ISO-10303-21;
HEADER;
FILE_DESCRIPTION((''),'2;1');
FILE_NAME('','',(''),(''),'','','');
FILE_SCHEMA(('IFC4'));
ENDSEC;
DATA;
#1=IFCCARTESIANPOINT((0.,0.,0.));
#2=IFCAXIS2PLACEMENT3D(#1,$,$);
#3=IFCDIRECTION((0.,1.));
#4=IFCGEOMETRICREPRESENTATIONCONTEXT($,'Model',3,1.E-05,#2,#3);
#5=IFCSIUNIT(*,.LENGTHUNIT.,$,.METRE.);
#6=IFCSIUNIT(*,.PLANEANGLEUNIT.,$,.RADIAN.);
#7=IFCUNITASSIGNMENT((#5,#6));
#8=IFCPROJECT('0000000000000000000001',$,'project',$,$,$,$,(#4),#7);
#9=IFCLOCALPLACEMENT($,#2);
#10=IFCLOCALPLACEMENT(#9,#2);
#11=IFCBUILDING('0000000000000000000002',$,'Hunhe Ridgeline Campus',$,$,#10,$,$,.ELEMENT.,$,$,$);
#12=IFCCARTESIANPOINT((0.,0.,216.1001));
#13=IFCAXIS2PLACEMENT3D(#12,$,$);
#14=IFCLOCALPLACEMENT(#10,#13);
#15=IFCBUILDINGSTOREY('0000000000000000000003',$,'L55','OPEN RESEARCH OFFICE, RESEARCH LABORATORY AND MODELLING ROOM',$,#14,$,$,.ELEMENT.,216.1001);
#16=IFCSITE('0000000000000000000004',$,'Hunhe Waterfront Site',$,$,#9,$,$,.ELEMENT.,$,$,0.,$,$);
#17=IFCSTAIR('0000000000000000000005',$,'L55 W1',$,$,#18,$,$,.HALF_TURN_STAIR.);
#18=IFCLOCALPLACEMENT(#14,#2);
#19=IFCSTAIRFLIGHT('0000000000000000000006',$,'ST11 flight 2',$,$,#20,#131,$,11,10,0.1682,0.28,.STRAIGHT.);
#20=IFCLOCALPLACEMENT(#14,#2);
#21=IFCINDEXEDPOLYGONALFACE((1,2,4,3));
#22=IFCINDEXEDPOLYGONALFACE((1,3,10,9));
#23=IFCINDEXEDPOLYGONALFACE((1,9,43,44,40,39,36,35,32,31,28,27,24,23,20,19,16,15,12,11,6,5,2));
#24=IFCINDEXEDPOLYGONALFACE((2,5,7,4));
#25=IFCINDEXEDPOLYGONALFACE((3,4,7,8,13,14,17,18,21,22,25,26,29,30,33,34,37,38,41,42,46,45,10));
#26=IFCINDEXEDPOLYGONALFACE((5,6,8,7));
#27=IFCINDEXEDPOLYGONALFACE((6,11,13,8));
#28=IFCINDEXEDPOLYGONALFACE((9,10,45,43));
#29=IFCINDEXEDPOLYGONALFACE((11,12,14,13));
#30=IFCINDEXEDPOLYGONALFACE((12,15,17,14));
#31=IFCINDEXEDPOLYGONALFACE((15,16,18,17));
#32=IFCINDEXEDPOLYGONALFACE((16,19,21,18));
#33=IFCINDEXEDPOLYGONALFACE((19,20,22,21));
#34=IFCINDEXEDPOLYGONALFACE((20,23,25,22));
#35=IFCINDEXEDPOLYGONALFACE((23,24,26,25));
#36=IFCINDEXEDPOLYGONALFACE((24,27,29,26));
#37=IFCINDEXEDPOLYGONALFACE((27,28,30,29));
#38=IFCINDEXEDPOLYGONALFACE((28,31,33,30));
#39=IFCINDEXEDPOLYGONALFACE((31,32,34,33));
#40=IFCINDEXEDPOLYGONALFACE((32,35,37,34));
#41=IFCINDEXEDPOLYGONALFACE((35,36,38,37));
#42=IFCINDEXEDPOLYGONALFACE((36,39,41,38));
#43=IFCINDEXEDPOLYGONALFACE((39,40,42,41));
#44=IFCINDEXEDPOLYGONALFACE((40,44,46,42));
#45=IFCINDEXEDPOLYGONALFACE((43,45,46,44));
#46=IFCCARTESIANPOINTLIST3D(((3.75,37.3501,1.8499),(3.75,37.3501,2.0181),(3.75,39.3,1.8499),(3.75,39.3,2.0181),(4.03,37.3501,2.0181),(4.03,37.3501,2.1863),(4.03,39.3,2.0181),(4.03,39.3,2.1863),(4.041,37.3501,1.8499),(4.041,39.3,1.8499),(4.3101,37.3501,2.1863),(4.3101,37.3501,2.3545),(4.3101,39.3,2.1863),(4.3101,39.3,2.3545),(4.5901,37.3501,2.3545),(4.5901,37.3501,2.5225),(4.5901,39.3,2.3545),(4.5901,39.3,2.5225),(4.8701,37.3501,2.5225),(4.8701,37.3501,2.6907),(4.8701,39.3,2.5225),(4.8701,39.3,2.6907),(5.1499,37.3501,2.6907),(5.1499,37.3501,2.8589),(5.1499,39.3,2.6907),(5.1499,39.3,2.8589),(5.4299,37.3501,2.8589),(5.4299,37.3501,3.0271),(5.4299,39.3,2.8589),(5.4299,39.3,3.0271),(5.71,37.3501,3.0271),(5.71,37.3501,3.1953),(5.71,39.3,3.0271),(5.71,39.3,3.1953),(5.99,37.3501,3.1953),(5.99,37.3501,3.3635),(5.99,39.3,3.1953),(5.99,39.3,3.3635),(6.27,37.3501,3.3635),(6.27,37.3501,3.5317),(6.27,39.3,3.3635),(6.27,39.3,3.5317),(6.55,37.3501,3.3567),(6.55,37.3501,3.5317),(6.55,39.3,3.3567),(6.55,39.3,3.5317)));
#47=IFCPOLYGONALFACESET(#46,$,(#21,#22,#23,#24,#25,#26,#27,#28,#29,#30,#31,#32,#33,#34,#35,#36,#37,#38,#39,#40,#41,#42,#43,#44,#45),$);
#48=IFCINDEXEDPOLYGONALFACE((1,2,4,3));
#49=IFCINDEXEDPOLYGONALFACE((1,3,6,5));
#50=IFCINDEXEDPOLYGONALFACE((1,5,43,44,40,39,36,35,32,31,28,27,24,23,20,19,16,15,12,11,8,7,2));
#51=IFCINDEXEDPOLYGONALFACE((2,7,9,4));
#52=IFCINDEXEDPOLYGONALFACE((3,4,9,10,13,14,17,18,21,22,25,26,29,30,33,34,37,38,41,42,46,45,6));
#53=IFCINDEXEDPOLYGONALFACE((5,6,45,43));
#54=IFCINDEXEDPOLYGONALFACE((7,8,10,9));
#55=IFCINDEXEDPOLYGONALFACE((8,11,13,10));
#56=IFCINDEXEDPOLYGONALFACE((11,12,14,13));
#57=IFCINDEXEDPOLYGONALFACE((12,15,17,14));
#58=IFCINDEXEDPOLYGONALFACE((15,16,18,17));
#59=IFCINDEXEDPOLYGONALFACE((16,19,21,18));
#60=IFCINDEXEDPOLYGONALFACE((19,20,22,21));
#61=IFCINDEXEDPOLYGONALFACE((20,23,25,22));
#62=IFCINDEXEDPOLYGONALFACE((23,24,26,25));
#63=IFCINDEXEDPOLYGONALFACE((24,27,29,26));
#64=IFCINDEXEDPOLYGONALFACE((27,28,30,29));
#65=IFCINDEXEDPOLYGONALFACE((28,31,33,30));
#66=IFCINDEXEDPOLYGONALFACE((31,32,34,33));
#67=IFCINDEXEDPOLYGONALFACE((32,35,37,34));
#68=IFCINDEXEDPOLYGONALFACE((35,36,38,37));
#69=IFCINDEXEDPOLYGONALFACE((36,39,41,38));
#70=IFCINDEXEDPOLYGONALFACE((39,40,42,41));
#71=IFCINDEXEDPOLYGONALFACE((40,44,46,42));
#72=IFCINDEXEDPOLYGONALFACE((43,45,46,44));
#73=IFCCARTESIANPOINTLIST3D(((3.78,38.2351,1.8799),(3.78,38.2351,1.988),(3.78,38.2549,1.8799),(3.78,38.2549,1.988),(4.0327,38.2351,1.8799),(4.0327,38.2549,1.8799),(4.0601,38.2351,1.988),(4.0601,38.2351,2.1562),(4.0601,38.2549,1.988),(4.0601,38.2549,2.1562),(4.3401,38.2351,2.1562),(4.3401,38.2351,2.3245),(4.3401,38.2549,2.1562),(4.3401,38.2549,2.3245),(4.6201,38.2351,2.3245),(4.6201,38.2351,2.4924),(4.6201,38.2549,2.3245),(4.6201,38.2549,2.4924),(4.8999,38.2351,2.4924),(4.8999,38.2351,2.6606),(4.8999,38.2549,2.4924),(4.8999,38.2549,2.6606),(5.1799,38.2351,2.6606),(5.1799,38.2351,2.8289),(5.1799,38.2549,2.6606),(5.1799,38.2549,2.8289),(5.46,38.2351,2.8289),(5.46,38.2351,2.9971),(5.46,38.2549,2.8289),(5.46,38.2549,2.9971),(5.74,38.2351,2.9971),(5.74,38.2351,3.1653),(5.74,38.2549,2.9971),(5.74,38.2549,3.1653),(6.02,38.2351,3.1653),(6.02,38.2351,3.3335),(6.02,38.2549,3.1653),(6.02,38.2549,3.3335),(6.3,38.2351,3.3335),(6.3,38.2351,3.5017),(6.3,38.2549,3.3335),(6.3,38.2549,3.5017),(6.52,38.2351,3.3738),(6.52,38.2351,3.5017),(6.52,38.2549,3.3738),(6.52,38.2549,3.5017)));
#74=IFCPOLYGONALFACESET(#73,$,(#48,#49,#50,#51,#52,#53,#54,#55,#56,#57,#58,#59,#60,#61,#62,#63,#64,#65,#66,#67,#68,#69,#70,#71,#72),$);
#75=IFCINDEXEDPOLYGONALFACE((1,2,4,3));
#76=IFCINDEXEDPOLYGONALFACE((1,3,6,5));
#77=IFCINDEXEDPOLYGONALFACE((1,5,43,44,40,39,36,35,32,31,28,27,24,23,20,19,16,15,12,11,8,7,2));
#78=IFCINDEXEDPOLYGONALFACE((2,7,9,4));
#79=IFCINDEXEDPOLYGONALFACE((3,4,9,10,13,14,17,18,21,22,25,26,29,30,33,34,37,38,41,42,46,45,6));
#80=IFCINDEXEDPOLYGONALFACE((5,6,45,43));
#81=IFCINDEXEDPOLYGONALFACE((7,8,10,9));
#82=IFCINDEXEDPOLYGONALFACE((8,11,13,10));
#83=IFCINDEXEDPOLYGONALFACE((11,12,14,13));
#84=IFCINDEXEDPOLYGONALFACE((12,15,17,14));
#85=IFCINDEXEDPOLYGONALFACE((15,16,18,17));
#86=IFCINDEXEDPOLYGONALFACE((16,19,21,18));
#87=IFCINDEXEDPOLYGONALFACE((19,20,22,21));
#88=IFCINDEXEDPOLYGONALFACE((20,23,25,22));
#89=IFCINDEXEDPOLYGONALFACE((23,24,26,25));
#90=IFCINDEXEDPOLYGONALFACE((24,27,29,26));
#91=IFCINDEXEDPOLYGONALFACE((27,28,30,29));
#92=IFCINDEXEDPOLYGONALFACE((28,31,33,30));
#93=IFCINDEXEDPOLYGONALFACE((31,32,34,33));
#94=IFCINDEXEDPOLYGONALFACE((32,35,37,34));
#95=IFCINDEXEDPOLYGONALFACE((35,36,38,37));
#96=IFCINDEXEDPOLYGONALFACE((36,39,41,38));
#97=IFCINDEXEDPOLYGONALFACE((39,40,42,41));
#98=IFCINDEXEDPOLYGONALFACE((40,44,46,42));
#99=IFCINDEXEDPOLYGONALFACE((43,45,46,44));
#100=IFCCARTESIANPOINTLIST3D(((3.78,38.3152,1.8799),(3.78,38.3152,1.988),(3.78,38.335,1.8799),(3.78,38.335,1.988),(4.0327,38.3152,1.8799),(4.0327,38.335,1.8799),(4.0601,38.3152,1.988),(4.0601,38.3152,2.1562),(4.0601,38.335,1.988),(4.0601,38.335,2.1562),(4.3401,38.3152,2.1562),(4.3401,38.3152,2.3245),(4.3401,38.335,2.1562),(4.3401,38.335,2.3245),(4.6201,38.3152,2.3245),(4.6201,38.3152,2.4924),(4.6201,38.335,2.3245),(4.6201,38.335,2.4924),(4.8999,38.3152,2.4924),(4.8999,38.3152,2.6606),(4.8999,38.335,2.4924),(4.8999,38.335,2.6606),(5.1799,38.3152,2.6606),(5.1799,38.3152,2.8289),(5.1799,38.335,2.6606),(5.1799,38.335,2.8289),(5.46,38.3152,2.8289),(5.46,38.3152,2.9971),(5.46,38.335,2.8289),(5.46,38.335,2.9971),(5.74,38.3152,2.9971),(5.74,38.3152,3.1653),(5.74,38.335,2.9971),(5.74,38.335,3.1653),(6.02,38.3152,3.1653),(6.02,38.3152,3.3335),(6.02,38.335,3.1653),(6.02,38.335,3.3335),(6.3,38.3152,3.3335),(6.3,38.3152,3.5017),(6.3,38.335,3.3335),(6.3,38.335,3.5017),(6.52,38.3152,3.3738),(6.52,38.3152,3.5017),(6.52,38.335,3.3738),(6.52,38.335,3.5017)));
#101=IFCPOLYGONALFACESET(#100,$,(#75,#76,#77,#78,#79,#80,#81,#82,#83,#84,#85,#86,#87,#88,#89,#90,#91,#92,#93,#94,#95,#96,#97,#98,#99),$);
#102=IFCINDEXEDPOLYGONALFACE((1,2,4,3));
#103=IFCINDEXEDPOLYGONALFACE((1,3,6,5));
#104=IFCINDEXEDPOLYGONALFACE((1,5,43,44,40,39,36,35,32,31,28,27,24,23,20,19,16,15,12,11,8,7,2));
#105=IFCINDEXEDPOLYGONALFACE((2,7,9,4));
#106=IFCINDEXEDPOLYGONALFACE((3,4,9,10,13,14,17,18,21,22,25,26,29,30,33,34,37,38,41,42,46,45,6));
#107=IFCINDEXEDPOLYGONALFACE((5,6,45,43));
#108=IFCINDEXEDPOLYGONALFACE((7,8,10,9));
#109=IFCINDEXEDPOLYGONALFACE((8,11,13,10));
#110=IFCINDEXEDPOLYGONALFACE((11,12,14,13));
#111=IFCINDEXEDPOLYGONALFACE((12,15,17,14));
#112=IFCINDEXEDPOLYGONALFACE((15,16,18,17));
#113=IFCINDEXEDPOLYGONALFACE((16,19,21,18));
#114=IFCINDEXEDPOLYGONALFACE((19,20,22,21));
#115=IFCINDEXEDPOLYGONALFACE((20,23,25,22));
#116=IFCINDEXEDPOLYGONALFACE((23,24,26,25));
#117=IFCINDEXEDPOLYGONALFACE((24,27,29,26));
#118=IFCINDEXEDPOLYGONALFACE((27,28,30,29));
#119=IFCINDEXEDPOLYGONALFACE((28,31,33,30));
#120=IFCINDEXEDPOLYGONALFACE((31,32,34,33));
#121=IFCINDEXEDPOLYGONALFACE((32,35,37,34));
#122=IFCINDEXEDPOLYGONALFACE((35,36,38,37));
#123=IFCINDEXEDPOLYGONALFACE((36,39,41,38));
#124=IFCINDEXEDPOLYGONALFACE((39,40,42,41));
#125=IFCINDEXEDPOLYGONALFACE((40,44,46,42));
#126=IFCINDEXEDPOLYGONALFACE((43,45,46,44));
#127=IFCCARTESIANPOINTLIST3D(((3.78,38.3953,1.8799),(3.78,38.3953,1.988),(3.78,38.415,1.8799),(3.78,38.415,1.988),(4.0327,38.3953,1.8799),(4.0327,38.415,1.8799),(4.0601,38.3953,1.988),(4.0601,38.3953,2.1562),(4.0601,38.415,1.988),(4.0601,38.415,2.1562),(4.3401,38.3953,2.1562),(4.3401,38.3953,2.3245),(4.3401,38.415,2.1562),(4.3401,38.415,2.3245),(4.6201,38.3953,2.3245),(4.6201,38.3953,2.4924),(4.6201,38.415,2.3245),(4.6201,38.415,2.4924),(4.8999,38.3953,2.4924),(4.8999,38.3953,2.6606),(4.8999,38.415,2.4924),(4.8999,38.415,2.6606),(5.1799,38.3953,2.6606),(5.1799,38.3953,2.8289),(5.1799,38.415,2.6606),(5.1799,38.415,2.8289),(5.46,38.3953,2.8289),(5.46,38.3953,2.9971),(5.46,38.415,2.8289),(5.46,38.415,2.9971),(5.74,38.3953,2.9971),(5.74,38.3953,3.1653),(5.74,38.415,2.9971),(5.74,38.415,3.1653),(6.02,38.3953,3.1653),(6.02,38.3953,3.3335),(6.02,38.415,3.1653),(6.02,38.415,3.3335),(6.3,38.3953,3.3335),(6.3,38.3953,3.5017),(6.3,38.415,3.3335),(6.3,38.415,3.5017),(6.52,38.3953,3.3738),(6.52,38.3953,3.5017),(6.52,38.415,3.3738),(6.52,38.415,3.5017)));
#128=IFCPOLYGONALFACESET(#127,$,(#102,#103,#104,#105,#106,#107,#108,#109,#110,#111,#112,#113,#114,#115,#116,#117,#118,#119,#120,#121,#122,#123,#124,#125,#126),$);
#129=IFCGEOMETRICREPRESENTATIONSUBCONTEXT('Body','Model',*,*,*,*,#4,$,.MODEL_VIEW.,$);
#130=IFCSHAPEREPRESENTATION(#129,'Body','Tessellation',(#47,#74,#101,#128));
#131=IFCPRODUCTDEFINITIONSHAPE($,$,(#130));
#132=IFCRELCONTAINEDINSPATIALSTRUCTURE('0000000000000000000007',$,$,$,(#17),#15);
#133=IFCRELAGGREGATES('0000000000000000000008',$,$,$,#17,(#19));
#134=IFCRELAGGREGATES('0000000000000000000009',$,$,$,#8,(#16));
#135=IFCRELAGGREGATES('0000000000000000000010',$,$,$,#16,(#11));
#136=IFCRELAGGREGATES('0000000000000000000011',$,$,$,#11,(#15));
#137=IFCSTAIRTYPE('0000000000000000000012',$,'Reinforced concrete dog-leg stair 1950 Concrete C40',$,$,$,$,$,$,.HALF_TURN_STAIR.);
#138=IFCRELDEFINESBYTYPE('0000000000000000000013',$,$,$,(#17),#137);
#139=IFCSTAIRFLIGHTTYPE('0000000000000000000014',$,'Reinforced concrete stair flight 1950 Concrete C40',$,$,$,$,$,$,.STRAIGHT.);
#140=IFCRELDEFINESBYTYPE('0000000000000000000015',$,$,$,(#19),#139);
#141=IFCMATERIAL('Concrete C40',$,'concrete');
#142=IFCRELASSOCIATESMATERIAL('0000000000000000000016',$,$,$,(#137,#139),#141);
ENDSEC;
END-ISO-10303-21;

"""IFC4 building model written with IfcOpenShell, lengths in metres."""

from ifc_helpers import new_model, si_unit, direction, frame, origin, place, context, subcontext, project, spatial, polyline, outline, extrude, material, type_object, element, aggregate, save


model = new_model("IFC4")

# Units and contexts
model_context = context("Model", 3, precision=1e-05, world=origin(), true_north=direction((0.0, 1.0)))
body_context = subcontext(model_context, "Body", "Model", "MODEL_VIEW")
ifc_project = project(units=[si_unit("LENGTHUNIT", "METRE"), si_unit("PLANEANGLEUNIT", "RADIAN")], contexts=[model_context])

# Site, building, storey
site_placement = place(None, origin())
site = spatial("IfcSite", under=ifc_project, at=site_placement, Name="Hunhe Waterfront Site", CompositionType="ELEMENT", RefElevation=0.0)
building_placement = place(site_placement, origin())
building = spatial("IfcBuilding", under=site, at=building_placement, Name="Hunhe Ridgeline Campus", CompositionType="ELEMENT")
storey_placement = place(building_placement, frame((0.0, 0.0, 216.1001)))
storey = spatial("IfcBuildingStorey", under=building, at=storey_placement, Name="L55", Description="OPEN RESEARCH OFFICE, RESEARCH LABORATORY AND MODELLING ROOM", CompositionType="ELEMENT", Elevation=216.1001)

# Stair, stair flight
ifc_material_1 = material(Name="Concrete C40", Category="concrete")
stair_type = type_object("IfcStairType", Name="Reinforced concrete dog-leg stair 1950 Concrete C40", PredefinedType="HALF_TURN_STAIR", material=ifc_material_1)
stair_placement = place(storey_placement, origin())
stair = element("IfcStair", 1, at=stair_placement, inside=storey, type_object=stair_type, Name="L55 W1", PredefinedType="HALF_TURN_STAIR")
stair_flight_type = type_object("IfcStairFlightType", Name="Reinforced concrete stair flight 1950 Concrete C40", PredefinedType="STRAIGHT", material=ifc_material_1)
stair_flight_1_placement = place(storey_placement, frame((3.75, 38.325, 1.8499), z_axis=(0.0, 0.0, 1.0), x_axis=(1.0, 0.0, 0.0)))
stair_flight_1 = element("IfcStairFlight", 2, at=stair_flight_1_placement, type_object=stair_flight_type, Name="ST11 flight 2", NumberOfRisers=11, NumberOfTreads=10, PredefinedType="STRAIGHT", RiserHeight=0.1682, TreadLength=0.28, context=body_context, shape_type="SweptSolid", body=[
    extrude(outline(polyline([(0.0, 0.0), (0.0, 0.1682), (0.28, 0.1682), (0.28, 0.3364), (0.5601, 0.3364), (0.5601, 0.5046), (0.8401, 0.5046), (0.8401, 0.6726), (1.1201, 0.6726), (1.1201, 0.8408), (1.3999, 0.8408), (1.3999, 1.009), (1.6799, 1.009), (1.6799, 1.1772), (1.96, 1.1772), (1.96, 1.3455), (2.24, 1.3455), (2.24, 1.5137), (2.52, 1.5137), (2.52, 1.6819), (2.8, 1.6819), (2.8, 1.8501), (2.8, 1.5068), (0.291, 0.0), (0.0, 0.0)])), frame((0.0, 0.9751, 0.0), z_axis=(0.0, -1.0, 0.0), x_axis=(1.0, 0.0, 0.0)), (0.0, 0.0, 1.0), 1.95),
    extrude(outline(polyline([(0.03, 0.03), (0.03, 0.1382), (0.3101, 0.1382), (0.3101, 0.3064), (0.5901, 0.3064), (0.5901, 0.4746), (0.8701, 0.4746), (0.8701, 0.6426), (1.1499, 0.6426), (1.1499, 0.8108), (1.4299, 0.8108), (1.4299, 0.979), (1.71, 0.979), (1.71, 1.1472), (1.99, 1.1472), (1.99, 1.3154), (2.27, 1.3154), (2.27, 1.4836), (2.55, 1.4836), (2.55, 1.6519), (2.77, 1.6519), (2.77, 1.5239), (0.2827, 0.03), (0.03, 0.03)])), frame((0.0, -0.0701, 0.0), z_axis=(0.0, -1.0, 0.0), x_axis=(1.0, 0.0, 0.0)), (0.0, 0.0, 1.0), 0.0198),
    extrude(outline(polyline([(0.03, 0.03), (0.03, 0.1382), (0.3101, 0.1382), (0.3101, 0.3064), (0.5901, 0.3064), (0.5901, 0.4746), (0.8701, 0.4746), (0.8701, 0.6426), (1.1499, 0.6426), (1.1499, 0.8108), (1.4299, 0.8108), (1.4299, 0.979), (1.71, 0.979), (1.71, 1.1472), (1.99, 1.1472), (1.99, 1.3154), (2.27, 1.3154), (2.27, 1.4836), (2.55, 1.4836), (2.55, 1.6519), (2.77, 1.6519), (2.77, 1.5239), (0.2827, 0.03), (0.03, 0.03)])), frame((0.0, 0.01, 0.0), z_axis=(0.0, -1.0, 0.0), x_axis=(1.0, 0.0, 0.0)), (0.0, 0.0, 1.0), 0.0198),
    extrude(outline(polyline([(0.03, 0.03), (0.03, 0.1382), (0.3101, 0.1382), (0.3101, 0.3064), (0.5901, 0.3064), (0.5901, 0.4746), (0.8701, 0.4746), (0.8701, 0.6426), (1.1499, 0.6426), (1.1499, 0.8108), (1.4299, 0.8108), (1.4299, 0.979), (1.71, 0.979), (1.71, 1.1472), (1.99, 1.1472), (1.99, 1.3154), (2.27, 1.3154), (2.27, 1.4836), (2.55, 1.4836), (2.55, 1.6519), (2.77, 1.6519), (2.77, 1.5239), (0.2827, 0.03), (0.03, 0.03)])), frame((0.0, 0.0901, 0.0), z_axis=(0.0, -1.0, 0.0), x_axis=(1.0, 0.0, 0.0)), (0.0, 0.0, 1.0), 0.0198),
])
aggregate(stair, [stair_flight_1])

save(model, "model.ifc")
